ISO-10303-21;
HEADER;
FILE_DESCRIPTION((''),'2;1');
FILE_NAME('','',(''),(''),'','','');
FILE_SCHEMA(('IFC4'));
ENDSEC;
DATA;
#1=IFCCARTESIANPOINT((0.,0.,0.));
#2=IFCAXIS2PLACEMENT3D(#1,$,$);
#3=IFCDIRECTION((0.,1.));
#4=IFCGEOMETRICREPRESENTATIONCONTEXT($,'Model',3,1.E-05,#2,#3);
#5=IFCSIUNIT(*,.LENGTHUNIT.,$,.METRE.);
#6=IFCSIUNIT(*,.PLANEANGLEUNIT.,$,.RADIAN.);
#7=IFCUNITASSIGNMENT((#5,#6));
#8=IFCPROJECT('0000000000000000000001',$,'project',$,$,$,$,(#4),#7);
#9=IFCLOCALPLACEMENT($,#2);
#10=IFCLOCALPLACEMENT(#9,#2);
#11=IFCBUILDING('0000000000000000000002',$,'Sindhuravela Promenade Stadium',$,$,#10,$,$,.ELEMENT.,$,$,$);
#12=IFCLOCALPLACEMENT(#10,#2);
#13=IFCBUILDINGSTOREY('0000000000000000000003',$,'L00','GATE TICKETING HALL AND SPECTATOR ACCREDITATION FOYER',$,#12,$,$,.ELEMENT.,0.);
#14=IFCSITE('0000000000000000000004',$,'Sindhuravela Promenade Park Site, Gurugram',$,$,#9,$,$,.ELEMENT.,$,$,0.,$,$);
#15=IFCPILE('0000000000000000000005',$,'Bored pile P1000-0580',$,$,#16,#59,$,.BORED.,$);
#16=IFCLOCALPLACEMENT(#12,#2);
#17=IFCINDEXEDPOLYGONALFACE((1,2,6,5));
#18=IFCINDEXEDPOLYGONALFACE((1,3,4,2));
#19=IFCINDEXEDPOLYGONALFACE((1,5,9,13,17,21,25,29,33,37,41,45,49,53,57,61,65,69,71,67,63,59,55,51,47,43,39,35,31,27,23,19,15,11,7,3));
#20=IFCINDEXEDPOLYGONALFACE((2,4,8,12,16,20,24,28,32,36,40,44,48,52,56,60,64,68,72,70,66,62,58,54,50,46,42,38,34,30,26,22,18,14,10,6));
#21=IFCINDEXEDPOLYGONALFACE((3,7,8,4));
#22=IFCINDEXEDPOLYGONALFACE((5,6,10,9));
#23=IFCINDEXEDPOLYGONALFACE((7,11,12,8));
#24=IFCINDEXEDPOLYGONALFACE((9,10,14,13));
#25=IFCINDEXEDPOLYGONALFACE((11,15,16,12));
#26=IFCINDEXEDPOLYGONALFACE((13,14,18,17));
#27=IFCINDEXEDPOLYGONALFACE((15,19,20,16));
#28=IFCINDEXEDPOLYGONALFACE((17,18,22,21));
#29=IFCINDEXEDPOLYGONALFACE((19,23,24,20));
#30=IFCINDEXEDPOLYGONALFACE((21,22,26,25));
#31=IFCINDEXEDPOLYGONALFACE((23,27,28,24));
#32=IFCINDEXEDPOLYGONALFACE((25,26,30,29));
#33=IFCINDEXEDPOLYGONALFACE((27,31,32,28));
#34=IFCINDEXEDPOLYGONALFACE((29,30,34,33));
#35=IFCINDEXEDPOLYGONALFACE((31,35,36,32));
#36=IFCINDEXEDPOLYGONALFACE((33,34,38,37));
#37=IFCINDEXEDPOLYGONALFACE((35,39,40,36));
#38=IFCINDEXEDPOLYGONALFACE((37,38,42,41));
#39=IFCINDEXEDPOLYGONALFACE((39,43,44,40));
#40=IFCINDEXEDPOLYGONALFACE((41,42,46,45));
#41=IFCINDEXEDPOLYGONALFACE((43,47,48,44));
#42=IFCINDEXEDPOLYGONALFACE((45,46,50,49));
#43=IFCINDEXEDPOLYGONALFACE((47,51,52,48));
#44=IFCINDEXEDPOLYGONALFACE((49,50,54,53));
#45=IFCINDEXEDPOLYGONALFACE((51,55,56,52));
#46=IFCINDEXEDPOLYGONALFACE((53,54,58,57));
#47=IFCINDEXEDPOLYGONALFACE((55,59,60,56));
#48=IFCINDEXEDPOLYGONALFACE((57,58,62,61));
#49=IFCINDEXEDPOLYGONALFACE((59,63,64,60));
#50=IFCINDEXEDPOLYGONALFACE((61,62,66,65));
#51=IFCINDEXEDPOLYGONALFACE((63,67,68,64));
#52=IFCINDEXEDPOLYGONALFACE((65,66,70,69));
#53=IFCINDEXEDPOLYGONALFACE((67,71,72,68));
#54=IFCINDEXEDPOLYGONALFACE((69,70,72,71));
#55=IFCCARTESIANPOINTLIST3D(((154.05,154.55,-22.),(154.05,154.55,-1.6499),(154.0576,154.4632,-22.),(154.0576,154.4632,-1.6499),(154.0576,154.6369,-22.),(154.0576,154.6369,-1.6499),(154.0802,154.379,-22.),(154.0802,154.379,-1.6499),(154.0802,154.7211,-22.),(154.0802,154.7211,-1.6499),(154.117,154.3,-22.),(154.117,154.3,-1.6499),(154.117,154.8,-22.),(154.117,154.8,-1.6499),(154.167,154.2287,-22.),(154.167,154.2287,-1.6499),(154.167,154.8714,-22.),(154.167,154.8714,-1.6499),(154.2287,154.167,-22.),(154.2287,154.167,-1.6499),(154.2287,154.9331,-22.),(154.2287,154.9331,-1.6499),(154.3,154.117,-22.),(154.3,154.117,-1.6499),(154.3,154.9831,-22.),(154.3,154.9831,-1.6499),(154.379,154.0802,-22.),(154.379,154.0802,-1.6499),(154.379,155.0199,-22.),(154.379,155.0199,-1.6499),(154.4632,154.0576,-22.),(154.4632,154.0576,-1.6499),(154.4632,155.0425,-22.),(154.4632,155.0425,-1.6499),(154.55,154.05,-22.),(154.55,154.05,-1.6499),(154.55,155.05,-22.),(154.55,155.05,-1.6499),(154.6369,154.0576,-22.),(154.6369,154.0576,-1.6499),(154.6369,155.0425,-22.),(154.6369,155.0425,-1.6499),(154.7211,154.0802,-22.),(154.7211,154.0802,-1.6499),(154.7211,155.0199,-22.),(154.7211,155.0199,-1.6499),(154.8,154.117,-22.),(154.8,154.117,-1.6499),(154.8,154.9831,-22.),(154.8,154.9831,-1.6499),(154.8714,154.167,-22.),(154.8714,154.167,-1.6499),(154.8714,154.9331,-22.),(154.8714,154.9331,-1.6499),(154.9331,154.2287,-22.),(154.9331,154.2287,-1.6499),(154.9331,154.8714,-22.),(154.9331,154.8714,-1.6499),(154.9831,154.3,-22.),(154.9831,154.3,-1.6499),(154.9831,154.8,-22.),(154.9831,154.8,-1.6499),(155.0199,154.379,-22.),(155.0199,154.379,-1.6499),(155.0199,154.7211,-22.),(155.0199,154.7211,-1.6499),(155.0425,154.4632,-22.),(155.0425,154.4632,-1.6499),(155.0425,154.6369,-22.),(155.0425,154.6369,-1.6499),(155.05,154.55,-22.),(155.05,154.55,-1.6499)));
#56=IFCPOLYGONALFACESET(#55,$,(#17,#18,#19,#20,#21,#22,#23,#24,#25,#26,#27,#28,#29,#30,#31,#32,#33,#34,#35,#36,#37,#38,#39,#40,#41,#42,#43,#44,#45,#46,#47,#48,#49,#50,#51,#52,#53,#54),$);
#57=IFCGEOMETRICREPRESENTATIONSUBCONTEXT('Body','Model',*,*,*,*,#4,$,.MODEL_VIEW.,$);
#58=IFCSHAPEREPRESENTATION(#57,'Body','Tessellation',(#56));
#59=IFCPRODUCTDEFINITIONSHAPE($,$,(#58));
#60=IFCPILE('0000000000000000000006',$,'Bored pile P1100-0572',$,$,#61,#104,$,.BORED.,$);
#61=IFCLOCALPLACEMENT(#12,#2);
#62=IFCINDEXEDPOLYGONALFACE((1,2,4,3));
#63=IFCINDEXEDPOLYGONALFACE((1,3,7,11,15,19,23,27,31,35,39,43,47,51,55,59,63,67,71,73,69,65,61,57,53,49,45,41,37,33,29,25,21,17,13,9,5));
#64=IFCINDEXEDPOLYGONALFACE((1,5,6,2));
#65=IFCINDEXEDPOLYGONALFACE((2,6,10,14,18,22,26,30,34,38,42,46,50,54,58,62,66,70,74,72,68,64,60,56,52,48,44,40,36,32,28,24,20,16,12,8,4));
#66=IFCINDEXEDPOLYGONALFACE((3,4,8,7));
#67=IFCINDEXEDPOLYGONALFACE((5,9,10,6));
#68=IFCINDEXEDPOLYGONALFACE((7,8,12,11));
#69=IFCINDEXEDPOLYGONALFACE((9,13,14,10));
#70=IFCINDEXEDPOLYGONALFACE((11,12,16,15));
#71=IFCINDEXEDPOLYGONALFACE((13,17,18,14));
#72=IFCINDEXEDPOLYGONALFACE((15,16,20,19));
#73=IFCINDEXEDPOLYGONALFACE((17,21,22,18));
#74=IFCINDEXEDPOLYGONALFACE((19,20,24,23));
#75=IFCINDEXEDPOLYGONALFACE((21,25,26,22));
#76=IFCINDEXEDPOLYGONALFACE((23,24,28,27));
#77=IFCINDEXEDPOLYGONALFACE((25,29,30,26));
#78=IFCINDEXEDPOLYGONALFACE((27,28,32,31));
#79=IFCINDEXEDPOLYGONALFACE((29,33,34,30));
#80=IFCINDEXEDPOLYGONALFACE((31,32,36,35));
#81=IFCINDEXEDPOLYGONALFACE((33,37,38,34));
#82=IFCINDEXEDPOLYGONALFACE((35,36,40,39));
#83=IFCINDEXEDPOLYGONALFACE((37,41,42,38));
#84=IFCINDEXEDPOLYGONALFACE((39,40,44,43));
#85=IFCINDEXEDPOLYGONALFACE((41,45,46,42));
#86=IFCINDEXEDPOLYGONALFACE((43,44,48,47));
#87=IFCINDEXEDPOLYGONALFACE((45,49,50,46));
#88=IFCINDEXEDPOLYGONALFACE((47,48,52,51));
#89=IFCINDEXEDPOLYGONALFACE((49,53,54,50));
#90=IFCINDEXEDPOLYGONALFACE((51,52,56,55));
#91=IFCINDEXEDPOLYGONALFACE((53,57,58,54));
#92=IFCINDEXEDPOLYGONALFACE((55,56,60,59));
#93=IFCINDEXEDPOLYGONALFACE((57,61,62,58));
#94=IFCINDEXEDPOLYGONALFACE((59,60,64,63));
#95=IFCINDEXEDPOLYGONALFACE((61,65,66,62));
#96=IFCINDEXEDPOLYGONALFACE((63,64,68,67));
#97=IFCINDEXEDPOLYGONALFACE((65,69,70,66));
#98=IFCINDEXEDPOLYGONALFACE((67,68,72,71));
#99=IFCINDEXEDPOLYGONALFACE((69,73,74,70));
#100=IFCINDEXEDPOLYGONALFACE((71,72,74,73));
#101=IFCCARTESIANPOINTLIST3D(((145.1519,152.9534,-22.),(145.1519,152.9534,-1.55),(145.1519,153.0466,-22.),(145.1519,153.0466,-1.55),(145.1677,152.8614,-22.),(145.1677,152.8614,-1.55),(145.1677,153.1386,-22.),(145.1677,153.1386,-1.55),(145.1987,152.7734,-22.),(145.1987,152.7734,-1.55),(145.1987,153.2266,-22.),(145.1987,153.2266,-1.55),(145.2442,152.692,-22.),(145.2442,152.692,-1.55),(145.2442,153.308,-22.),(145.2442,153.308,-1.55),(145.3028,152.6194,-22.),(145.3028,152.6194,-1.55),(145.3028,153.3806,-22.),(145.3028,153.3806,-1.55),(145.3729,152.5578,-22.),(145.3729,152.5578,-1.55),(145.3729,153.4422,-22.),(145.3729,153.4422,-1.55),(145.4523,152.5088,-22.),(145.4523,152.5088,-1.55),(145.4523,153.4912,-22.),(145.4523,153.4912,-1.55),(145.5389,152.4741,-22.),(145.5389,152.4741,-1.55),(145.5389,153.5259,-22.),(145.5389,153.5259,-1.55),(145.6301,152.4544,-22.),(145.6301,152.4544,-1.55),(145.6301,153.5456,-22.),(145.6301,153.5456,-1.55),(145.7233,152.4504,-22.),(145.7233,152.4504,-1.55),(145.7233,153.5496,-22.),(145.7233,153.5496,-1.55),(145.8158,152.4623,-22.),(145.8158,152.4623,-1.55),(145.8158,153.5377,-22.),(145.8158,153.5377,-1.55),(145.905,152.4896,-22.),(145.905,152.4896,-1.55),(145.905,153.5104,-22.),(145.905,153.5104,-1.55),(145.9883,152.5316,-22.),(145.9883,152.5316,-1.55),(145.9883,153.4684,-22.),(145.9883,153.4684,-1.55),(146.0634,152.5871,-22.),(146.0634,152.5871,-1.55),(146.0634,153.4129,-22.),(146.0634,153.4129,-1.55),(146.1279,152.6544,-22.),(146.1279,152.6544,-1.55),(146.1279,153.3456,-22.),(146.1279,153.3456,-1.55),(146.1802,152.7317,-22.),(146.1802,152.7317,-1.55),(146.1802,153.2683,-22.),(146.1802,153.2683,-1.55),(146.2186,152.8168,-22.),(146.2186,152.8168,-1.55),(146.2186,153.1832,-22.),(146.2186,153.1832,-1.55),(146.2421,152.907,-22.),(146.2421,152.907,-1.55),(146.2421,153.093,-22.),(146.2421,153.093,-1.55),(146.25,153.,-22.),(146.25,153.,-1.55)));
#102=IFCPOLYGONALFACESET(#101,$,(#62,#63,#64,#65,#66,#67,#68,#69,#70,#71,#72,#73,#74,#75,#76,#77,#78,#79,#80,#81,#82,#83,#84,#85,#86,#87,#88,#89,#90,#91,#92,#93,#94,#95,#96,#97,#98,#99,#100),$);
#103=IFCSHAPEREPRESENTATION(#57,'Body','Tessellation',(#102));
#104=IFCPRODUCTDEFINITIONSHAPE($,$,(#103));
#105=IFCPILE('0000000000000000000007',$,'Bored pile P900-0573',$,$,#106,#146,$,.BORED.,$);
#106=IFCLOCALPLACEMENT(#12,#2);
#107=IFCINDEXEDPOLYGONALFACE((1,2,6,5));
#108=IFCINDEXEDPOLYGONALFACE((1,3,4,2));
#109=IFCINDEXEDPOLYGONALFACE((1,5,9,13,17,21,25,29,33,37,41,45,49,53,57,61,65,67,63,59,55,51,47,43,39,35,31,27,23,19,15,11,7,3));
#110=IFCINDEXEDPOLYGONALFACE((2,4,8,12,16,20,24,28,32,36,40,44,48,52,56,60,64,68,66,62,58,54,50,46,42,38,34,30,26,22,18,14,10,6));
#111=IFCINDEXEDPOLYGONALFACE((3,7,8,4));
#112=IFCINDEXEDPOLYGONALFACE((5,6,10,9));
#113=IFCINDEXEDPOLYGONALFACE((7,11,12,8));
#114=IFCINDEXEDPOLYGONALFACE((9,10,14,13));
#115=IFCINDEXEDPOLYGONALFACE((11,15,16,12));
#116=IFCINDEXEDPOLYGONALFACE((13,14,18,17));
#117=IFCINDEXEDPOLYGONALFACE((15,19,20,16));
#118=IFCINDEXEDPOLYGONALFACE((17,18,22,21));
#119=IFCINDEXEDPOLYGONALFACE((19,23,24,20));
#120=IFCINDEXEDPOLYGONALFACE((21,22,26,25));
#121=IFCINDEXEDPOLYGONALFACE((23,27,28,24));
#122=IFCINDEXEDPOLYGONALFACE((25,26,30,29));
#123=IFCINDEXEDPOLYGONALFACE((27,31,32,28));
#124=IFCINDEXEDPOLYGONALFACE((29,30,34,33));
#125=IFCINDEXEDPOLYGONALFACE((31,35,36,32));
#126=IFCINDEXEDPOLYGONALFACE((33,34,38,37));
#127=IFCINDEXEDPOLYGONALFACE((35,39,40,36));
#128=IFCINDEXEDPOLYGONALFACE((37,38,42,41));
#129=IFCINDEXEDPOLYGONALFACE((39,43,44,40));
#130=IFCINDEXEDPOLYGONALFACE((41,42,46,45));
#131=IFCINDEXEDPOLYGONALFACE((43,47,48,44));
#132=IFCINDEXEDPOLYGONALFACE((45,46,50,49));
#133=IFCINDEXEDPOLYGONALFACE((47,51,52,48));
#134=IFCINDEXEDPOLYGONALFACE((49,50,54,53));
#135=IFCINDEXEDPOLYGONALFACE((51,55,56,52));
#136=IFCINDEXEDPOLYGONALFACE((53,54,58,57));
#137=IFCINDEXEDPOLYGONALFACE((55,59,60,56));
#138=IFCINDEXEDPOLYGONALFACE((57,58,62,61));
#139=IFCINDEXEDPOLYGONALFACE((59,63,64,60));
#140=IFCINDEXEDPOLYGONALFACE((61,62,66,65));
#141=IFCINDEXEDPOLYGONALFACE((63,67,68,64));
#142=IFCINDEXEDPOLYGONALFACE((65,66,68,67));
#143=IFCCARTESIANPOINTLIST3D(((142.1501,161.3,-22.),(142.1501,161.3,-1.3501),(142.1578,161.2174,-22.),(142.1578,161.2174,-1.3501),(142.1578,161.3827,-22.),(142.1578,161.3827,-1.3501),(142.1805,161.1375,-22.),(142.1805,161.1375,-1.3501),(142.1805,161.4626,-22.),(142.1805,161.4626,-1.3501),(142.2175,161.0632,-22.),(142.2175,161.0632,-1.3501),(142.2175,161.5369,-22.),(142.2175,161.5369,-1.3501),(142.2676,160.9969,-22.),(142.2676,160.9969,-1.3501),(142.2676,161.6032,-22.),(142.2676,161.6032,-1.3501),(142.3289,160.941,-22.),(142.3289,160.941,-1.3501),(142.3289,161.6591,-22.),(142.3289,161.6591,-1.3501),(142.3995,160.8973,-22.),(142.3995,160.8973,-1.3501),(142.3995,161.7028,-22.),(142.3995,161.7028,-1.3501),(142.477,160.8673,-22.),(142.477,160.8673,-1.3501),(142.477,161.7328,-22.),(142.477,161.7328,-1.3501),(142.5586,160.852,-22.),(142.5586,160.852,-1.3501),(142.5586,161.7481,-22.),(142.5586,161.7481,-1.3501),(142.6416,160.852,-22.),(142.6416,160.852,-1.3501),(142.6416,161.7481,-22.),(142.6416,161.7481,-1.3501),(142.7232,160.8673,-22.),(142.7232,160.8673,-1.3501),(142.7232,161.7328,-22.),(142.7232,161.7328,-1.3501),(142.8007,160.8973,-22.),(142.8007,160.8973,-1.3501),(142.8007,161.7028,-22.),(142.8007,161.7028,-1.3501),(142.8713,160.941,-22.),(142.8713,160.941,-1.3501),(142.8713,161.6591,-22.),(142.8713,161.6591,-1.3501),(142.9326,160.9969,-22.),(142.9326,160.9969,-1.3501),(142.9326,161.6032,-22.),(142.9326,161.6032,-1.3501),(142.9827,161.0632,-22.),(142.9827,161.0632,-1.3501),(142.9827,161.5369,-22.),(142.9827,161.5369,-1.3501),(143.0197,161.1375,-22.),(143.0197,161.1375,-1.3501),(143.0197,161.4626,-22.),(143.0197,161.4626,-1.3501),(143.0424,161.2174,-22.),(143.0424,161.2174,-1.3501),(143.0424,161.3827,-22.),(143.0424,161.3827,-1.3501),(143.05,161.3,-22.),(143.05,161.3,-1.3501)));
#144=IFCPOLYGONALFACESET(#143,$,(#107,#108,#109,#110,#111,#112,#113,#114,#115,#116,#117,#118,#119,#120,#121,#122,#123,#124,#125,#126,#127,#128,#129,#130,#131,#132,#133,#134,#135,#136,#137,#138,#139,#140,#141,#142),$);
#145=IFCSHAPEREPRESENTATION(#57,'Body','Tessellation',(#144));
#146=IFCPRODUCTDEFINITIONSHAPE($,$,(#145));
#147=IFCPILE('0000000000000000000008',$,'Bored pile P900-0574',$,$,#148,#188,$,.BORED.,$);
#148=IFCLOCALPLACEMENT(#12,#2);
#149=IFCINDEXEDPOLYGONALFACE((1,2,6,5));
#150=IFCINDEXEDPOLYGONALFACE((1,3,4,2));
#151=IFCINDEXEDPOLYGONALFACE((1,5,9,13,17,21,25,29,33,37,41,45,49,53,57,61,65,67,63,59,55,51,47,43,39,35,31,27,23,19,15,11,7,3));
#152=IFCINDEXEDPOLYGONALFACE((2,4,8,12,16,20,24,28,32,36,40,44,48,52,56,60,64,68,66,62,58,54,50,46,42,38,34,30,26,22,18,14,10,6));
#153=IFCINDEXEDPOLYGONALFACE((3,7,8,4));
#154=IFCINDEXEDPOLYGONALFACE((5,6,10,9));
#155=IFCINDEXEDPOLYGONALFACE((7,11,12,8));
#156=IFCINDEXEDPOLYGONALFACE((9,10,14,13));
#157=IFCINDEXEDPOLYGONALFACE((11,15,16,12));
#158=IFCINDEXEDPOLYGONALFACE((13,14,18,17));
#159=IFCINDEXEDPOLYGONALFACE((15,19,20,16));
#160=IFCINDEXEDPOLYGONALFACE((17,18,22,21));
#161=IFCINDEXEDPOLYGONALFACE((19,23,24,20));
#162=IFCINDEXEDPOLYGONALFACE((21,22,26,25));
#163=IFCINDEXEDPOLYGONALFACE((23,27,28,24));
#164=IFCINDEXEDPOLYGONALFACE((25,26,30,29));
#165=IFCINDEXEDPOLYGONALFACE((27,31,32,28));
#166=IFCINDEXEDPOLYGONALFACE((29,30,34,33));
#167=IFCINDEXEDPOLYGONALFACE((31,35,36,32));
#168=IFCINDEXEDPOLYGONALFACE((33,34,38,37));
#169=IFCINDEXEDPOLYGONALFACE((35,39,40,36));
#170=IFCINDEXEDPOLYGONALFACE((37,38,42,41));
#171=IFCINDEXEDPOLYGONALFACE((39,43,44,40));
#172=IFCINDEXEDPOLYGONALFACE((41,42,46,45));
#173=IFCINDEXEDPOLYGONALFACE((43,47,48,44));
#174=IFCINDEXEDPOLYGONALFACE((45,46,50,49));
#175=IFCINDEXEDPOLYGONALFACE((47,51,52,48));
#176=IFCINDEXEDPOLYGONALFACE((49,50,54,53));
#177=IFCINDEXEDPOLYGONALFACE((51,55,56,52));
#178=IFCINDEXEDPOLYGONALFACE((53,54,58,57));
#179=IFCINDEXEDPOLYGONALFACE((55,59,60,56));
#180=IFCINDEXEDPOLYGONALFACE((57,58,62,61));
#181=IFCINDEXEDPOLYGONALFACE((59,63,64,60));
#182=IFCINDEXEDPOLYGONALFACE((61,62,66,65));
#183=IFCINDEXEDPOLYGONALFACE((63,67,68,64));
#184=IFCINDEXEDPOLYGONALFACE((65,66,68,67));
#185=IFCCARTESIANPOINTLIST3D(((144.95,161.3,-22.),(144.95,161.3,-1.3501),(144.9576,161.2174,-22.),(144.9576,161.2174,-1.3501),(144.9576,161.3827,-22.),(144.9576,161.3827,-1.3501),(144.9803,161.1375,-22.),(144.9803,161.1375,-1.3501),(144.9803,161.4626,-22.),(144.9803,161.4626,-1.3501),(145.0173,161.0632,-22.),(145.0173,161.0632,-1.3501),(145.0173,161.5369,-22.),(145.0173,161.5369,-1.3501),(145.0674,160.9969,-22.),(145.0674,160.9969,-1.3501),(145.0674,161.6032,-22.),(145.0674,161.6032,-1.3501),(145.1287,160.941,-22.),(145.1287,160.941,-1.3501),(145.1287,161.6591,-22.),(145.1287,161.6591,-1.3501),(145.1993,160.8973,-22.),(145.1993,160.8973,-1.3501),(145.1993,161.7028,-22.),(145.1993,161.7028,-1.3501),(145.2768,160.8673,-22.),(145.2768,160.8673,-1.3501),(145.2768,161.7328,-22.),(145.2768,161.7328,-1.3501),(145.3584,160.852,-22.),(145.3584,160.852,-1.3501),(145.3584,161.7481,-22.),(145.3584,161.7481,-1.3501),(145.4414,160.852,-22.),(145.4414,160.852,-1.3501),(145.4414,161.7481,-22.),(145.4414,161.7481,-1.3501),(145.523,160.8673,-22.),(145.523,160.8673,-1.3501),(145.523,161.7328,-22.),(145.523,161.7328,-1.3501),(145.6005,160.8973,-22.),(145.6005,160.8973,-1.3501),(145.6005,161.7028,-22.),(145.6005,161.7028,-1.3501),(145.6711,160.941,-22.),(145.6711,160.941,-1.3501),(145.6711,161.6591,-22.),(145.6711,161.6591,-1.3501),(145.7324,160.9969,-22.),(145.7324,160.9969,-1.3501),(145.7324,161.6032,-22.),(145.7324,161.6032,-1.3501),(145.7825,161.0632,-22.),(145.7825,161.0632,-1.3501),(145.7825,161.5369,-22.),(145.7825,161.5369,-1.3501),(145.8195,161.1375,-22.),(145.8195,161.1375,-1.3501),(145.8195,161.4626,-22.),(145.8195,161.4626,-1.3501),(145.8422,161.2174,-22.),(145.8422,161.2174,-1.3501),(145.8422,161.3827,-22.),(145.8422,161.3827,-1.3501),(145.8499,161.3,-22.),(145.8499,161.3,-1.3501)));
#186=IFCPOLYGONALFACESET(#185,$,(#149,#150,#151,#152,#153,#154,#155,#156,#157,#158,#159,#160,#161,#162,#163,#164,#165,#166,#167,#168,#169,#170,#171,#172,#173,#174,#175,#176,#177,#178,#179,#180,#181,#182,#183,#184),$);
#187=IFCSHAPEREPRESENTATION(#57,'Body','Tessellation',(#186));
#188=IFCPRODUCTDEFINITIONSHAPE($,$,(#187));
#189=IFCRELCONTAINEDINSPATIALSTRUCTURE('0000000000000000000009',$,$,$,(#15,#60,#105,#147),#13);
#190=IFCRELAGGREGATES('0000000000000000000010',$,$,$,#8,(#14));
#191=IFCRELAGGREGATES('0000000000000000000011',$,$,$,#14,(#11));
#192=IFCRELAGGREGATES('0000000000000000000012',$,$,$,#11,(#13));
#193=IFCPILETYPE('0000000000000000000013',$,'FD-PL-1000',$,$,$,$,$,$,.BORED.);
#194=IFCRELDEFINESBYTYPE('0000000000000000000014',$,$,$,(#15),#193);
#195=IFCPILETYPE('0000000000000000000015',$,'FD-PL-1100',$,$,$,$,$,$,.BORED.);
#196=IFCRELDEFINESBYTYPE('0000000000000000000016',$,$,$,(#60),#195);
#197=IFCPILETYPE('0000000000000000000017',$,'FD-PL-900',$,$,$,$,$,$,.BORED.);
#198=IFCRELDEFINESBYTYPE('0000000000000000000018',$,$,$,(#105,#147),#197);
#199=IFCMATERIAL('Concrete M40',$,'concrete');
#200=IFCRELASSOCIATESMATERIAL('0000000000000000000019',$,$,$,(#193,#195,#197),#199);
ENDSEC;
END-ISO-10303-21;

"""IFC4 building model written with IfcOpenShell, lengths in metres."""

from ifc_helpers import new_model, si_unit, direction, frame, origin, origin_2d, place, context, subcontext, project, spatial, circle, extrude, material, material_profile, profile_set, type_object, element, save


model = new_model("IFC4")

# Units and contexts
model_context = context("Model", 3, precision=1e-05, world=origin(), true_north=direction((0.0, 1.0)))
body_context = subcontext(model_context, "Body", "Model", "MODEL_VIEW")
ifc_project = project(units=[si_unit("LENGTHUNIT", "METRE"), si_unit("PLANEANGLEUNIT", "RADIAN")], contexts=[model_context])

# Site, building, storey
site_placement = place(None, origin())
site = spatial("IfcSite", under=ifc_project, at=site_placement, Name="Sindhuravela Promenade Park Site, Gurugram", CompositionType="ELEMENT", RefElevation=0.0)
building_placement = place(site_placement, origin())
building = spatial("IfcBuilding", under=site, at=building_placement, Name="Sindhuravela Promenade Stadium", CompositionType="ELEMENT")
storey_placement = place(building_placement, origin())
storey = spatial("IfcBuildingStorey", under=building, at=storey_placement, Name="L00", Description="GATE TICKETING HALL AND SPECTATOR ACCREDITATION FOYER", CompositionType="ELEMENT", Elevation=0.0)

# Piles
ifc_material_1 = material(Name="Concrete M40", Category="concrete")
ifc_material_profile_1 = material_profile(ifc_material_1, circle(Radius=0.5, at=origin_2d()), Name="BORED PILE D1000")
ifc_profile_set_1 = profile_set([ifc_material_profile_1], Name="Concrete M40")
pile_type_1 = type_object("IfcPileType", Name="FD-PL-1000", PredefinedType="BORED", material=ifc_profile_set_1)
for number, where, z_axis, x_axis, name in (
    (1, (154.55, 154.55, -1.6499), (0.0, 0.0, -1.0), (1.0, 0.0, 0.0), "Bored pile P1000-0580"),
):
    element("IfcPile", number, at=place(storey_placement, frame(where, z_axis=z_axis, x_axis=x_axis)), inside=storey, type_object=pile_type_1, Name=name, PredefinedType="BORED", context=body_context, shape_type="SweptSolid", body=[
        extrude(circle(Radius=0.5, at=origin_2d()), origin(), (0.0, 0.0, 1.0), 20.3501),
    ])
ifc_material_profile_2 = material_profile(ifc_material_1, circle(Radius=0.55, at=origin_2d()), Name="BORED PILE D1100")
ifc_profile_set_2 = profile_set([ifc_material_profile_2], Name="Concrete M40")
pile_type_2 = type_object("IfcPileType", Name="FD-PL-1100", PredefinedType="BORED", material=ifc_profile_set_2)
pile_placement = place(storey_placement, frame((145.7, 153.0, -1.55), z_axis=(0.0, 0.0, -1.0), x_axis=(1.0, 0.0, 0.0)))
element("IfcPile", 2, at=pile_placement, inside=storey, type_object=pile_type_2, Name="Bored pile P1100-0572", PredefinedType="BORED", context=body_context, shape_type="SweptSolid", body=[
    extrude(circle(Radius=0.55, at=origin_2d()), origin(), (0.0, 0.0, 1.0), 20.45),
])
ifc_material_profile_3 = material_profile(ifc_material_1, circle(Radius=0.45, at=origin_2d()), Name="BORED PILE D900")
ifc_profile_set_3 = profile_set([ifc_material_profile_3], Name="Concrete M40")
pile_type_3 = type_object("IfcPileType", Name="FD-PL-900", PredefinedType="BORED", material=ifc_profile_set_3)
for number, where, z_axis, x_axis, name in (
    (3, (142.6001, 161.3, -1.3501), (0.0, 0.0, -1.0), (1.0, 0.0, 0.0), "Bored pile P900-0573"),
    (4, (145.3999, 161.3, -1.3501), (0.0, 0.0, -1.0), (1.0, 0.0, 0.0), "Bored pile P900-0574"),
):
    element("IfcPile", number, at=place(storey_placement, frame(where, z_axis=z_axis, x_axis=x_axis)), inside=storey, type_object=pile_type_3, Name=name, PredefinedType="BORED", context=body_context, shape_type="SweptSolid", body=[
        extrude(circle(Radius=0.45, at=origin_2d()), origin(), (0.0, 0.0, 1.0), 20.6499),
    ])

save(model, "model.ifc")
